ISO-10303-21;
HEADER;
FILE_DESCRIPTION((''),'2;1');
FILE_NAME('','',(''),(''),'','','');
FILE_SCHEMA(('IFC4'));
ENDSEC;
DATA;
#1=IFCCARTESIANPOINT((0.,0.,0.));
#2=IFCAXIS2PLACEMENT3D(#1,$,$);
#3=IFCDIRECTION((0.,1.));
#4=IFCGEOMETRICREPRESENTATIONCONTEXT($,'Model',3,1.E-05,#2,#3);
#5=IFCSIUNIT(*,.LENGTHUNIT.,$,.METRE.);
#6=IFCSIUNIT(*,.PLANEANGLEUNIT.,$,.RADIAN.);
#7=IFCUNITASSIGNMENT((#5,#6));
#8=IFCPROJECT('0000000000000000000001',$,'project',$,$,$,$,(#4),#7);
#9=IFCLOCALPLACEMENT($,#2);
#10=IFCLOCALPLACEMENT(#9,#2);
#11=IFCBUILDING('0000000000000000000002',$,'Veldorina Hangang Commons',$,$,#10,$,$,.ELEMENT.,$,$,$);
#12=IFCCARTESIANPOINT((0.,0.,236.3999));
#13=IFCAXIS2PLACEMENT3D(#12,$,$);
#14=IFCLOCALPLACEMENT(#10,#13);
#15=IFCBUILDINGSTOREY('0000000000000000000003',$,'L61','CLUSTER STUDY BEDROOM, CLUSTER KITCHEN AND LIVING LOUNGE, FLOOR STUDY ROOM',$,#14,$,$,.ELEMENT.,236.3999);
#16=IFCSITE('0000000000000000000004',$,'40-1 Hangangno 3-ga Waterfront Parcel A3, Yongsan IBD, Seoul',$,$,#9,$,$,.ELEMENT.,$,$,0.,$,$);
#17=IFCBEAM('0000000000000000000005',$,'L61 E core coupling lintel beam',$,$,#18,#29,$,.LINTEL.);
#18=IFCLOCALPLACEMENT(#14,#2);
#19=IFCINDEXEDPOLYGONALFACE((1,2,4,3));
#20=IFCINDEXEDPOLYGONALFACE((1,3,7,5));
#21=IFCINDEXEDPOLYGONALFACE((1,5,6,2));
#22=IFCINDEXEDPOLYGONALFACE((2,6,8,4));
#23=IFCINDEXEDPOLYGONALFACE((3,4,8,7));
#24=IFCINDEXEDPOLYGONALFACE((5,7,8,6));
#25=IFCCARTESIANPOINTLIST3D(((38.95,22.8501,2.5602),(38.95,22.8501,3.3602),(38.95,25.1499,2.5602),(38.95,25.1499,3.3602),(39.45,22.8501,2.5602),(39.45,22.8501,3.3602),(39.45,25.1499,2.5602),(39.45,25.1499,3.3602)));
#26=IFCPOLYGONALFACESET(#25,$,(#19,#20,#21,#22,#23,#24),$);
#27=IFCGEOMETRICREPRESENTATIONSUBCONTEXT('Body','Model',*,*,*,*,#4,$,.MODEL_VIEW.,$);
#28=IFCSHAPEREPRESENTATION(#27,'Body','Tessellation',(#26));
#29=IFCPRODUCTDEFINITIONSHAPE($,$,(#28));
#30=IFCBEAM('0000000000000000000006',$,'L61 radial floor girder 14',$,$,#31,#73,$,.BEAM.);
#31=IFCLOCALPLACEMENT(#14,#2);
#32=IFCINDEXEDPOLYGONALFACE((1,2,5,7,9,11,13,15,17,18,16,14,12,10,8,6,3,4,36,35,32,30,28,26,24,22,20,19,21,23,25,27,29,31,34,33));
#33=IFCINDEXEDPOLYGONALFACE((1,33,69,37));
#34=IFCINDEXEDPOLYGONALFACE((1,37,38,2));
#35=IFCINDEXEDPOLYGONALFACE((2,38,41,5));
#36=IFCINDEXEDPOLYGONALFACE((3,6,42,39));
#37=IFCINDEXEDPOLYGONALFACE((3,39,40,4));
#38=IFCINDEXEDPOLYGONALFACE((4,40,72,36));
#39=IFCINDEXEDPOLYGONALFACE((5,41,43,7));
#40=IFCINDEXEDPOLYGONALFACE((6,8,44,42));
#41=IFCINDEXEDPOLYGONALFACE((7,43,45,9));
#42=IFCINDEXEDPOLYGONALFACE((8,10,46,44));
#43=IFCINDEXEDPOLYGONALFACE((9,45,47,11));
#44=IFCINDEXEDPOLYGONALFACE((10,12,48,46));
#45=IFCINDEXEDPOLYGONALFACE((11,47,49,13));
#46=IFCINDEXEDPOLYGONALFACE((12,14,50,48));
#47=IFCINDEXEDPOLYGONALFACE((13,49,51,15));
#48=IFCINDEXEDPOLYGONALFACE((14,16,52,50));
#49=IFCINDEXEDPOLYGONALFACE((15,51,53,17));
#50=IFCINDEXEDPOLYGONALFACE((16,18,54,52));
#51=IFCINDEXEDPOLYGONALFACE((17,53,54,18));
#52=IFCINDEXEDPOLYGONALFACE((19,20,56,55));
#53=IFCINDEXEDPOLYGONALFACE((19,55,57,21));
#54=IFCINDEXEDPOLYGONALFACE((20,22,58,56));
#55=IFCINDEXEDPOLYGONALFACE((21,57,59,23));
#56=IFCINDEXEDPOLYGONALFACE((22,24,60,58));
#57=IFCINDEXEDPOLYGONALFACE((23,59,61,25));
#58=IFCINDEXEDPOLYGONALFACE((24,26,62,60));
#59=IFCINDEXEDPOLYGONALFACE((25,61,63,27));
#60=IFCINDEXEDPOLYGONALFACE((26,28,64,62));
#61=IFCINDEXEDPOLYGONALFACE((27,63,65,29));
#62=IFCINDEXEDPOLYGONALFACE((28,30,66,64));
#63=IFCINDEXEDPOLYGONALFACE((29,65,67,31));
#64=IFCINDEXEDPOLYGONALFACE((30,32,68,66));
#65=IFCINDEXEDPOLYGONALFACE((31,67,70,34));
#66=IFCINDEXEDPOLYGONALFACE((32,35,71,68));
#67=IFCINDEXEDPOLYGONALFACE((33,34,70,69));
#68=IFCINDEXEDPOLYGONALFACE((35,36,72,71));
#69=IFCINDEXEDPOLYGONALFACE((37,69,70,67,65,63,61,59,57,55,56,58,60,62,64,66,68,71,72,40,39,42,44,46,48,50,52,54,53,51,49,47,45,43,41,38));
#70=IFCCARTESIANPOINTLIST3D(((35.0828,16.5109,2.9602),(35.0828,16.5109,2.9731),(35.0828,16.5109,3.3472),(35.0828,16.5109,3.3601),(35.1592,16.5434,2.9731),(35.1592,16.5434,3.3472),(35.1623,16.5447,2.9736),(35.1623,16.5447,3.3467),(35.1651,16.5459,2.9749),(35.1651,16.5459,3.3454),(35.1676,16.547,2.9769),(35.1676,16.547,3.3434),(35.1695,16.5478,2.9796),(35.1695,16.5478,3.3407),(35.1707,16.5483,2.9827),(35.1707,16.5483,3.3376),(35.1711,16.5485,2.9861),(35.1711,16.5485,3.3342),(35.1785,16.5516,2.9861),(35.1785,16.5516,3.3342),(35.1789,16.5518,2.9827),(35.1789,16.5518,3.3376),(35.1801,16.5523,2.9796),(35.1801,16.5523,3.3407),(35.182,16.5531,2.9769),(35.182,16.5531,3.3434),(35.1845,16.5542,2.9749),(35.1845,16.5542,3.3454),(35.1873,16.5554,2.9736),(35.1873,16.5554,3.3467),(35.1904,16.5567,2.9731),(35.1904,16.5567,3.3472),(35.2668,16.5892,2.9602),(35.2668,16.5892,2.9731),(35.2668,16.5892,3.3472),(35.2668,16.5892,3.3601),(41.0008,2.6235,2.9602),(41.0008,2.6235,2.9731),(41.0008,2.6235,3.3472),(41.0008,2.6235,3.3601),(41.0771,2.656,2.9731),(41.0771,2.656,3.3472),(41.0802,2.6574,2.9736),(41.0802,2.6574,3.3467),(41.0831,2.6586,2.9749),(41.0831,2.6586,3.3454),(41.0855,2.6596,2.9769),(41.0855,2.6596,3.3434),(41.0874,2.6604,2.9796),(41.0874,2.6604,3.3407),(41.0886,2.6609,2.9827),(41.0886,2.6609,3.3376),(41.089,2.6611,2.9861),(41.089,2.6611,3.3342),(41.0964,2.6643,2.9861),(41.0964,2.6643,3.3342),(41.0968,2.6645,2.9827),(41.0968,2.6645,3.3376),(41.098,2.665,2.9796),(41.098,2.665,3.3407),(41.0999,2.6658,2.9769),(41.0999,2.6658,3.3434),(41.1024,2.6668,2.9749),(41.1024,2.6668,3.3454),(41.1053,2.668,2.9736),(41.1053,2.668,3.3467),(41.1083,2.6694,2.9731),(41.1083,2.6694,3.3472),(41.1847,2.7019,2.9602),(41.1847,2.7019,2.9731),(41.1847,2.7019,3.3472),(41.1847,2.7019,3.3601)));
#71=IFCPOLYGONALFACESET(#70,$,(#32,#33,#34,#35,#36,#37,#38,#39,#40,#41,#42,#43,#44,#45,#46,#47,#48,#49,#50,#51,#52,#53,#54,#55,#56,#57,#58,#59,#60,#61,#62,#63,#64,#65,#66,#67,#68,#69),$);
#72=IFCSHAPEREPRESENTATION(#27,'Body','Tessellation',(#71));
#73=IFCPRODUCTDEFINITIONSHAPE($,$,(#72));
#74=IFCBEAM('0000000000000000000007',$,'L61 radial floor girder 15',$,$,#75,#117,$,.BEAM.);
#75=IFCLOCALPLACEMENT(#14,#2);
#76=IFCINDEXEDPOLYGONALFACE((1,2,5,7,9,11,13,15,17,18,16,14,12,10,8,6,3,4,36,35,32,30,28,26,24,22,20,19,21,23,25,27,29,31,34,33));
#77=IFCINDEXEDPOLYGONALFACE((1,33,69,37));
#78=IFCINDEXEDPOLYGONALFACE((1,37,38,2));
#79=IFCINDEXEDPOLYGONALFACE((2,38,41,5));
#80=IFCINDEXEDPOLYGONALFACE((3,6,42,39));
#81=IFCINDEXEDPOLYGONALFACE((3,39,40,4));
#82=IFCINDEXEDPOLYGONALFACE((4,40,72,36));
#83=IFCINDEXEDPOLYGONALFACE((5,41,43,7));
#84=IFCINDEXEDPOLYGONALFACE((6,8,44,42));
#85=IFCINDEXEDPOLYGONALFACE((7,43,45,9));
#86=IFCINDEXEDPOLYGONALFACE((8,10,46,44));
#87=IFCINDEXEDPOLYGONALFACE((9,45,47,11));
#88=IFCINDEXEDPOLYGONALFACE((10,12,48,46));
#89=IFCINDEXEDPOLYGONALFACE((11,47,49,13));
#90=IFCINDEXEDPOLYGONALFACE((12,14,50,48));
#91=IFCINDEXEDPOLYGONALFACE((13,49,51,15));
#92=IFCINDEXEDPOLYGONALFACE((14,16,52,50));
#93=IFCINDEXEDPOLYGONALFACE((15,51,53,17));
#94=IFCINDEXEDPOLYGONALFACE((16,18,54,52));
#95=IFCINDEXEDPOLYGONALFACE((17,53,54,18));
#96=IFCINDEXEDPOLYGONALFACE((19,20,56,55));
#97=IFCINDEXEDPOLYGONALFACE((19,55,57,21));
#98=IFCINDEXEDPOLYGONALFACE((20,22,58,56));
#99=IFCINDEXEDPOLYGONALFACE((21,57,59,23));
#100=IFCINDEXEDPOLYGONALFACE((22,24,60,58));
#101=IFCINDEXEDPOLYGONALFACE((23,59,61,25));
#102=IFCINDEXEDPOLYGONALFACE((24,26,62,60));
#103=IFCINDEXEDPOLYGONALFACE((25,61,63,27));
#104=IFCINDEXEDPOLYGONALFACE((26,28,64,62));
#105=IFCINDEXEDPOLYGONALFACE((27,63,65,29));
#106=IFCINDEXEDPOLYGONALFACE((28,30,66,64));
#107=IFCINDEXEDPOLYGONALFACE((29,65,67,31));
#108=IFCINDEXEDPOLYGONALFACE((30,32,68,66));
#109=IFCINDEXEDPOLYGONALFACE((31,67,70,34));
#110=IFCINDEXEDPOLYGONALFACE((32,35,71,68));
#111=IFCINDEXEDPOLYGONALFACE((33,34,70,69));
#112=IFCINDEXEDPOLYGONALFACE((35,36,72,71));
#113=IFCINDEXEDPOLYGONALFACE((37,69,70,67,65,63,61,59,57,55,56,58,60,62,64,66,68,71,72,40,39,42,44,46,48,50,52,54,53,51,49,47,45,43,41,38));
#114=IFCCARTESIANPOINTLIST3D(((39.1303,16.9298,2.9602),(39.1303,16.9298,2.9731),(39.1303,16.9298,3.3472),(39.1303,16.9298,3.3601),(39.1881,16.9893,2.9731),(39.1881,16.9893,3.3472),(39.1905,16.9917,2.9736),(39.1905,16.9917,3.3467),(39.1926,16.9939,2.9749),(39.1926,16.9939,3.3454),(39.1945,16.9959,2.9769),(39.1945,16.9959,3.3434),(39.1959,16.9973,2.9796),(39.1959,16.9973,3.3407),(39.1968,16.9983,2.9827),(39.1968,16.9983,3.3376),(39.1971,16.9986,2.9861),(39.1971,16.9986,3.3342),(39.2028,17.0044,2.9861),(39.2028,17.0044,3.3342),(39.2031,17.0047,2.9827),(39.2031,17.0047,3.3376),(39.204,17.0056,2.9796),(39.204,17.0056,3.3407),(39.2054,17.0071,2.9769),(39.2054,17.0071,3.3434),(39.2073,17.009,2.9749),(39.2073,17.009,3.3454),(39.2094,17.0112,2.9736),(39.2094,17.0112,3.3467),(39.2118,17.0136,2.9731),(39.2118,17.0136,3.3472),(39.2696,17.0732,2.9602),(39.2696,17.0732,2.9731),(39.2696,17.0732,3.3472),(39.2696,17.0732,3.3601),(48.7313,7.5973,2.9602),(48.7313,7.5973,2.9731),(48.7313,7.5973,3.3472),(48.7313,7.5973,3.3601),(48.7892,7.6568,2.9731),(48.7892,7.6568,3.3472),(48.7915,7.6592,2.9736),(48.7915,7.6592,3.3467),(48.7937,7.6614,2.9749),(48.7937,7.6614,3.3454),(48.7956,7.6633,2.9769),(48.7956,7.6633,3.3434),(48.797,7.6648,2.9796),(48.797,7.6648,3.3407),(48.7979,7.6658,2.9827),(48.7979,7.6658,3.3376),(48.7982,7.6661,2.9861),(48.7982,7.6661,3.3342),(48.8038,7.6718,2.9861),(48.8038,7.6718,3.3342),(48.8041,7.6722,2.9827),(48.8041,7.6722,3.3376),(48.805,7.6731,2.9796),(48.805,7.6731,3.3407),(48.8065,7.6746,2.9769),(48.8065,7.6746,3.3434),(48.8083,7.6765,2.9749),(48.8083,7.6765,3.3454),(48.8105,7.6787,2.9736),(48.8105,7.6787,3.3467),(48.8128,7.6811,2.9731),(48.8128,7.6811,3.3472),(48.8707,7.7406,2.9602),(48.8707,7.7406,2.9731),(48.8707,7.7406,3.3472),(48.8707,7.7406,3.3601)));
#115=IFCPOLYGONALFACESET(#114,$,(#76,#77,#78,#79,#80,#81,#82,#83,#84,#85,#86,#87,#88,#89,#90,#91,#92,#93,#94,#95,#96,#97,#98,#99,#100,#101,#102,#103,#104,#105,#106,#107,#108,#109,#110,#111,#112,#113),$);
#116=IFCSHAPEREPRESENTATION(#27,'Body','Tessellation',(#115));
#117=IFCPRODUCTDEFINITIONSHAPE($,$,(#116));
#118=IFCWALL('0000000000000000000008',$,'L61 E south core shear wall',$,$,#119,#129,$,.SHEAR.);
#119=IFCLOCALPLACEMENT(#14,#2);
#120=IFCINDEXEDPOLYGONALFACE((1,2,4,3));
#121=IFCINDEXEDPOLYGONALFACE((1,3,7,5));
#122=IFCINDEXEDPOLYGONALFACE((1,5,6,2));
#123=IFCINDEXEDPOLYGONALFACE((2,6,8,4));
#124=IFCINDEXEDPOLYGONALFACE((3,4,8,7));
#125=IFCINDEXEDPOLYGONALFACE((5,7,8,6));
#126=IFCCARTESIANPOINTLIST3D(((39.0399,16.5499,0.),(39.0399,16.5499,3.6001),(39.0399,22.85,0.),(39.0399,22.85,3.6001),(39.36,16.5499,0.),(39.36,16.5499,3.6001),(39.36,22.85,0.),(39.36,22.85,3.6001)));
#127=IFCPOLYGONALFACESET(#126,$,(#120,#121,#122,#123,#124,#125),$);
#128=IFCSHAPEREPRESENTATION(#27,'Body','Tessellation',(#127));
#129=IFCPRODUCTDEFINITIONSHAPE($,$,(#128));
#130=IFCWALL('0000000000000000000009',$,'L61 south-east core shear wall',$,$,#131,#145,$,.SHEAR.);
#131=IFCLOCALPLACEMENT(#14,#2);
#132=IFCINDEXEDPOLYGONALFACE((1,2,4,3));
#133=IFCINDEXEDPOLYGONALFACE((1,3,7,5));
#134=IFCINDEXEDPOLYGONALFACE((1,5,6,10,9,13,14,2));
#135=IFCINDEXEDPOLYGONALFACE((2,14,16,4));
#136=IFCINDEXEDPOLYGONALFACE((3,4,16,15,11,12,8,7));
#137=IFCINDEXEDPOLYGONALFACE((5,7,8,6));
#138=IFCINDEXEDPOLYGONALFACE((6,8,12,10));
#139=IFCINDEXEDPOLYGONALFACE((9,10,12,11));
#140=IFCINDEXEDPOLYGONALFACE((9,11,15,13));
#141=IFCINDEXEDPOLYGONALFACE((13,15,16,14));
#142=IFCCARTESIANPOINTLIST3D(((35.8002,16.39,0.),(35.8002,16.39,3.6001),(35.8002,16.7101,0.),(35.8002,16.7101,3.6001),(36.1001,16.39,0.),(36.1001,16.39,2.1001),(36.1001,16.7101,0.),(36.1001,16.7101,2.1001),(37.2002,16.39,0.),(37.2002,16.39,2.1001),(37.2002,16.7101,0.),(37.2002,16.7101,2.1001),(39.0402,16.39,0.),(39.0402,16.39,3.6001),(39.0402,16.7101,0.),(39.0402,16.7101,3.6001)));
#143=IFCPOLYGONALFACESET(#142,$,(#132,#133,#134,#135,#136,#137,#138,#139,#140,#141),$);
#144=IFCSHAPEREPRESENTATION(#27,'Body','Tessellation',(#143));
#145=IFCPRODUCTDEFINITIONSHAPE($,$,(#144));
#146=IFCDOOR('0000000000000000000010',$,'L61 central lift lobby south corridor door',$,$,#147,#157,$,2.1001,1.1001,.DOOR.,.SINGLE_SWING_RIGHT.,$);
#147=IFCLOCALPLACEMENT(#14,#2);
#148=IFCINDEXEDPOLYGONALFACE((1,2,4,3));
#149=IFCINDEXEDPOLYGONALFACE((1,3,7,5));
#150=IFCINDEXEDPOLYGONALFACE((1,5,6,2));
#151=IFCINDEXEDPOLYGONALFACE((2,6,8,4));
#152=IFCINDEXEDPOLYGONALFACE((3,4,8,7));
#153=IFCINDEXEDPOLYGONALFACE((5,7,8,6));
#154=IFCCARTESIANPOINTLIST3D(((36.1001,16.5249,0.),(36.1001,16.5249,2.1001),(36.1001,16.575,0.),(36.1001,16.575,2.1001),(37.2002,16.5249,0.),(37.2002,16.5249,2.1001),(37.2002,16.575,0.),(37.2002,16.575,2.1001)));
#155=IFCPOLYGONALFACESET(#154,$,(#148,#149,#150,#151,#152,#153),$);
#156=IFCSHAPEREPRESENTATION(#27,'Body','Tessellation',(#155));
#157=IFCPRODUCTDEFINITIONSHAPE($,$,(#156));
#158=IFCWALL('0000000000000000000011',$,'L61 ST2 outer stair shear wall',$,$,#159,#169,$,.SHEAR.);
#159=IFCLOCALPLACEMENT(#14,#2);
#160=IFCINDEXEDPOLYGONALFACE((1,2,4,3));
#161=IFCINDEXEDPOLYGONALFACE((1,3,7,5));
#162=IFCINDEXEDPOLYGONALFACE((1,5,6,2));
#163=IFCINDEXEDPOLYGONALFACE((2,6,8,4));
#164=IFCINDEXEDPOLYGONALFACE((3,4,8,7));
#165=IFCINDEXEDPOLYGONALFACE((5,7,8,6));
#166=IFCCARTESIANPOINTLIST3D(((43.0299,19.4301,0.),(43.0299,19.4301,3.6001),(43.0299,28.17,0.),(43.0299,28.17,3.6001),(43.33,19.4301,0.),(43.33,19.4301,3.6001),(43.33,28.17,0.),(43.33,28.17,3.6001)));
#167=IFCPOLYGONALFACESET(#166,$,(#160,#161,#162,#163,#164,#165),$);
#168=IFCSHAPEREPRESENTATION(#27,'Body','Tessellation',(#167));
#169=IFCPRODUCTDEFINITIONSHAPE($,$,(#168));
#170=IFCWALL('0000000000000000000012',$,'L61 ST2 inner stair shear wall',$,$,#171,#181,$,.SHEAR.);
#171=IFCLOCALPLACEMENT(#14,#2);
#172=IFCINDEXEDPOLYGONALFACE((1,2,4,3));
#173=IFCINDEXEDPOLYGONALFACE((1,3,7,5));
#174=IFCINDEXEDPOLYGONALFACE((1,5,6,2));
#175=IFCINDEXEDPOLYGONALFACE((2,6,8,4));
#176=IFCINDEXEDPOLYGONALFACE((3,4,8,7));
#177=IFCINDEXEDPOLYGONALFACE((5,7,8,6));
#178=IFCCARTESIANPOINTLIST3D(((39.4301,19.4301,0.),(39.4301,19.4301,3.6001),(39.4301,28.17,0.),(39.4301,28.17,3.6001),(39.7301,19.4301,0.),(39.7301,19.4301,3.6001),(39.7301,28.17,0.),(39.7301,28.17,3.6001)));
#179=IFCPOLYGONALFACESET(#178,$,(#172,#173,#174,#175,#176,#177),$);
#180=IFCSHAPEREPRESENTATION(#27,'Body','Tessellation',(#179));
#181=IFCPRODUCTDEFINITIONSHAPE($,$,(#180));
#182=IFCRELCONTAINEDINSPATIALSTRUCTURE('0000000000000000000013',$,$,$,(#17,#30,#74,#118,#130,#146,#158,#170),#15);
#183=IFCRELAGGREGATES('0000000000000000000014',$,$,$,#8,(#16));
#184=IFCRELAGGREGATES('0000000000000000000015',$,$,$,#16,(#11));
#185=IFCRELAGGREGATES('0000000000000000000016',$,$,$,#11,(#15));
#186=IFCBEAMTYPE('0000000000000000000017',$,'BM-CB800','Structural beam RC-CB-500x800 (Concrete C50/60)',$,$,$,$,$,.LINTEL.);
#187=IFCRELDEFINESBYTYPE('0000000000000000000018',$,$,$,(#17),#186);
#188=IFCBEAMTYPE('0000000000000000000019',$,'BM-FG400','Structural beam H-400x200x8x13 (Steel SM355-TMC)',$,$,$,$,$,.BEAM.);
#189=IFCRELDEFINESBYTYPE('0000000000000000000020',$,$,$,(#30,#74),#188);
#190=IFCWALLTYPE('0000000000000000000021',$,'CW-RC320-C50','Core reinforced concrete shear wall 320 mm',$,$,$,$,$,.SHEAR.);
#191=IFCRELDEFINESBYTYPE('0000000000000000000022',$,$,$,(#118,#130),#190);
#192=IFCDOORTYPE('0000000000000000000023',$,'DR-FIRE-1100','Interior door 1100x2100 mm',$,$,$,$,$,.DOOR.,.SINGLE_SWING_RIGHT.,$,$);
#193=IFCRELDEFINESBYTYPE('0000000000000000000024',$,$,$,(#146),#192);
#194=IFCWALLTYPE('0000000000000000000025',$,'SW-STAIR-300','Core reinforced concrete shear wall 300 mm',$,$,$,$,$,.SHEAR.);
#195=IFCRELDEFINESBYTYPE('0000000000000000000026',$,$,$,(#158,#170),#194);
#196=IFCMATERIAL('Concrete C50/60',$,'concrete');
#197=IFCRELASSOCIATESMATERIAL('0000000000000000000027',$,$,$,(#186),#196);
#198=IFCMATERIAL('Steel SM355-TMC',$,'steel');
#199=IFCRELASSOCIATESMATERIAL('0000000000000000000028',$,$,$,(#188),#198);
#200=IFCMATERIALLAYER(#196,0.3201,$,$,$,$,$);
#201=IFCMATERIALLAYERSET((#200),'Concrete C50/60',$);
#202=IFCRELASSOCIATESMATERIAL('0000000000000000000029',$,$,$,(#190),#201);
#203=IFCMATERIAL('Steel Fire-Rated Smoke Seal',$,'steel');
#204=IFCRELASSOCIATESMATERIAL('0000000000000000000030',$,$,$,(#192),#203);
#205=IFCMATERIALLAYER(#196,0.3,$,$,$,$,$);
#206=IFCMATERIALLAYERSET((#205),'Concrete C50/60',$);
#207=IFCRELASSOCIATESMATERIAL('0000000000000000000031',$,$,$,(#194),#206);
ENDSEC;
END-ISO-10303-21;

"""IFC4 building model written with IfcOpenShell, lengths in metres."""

from ifc_helpers import new_model, si_unit, direction, frame, frame_2d, origin, origin_2d, place, context, subcontext, project, spatial, rectangle, i_section, extrude, material, layer, layer_set, material_profile, profile_set, type_object, element, fill, save


model = new_model("IFC4")

# Units and contexts
model_context = context("Model", 3, precision=1e-05, world=origin(), true_north=direction((0.0, 1.0)))
body_context = subcontext(model_context, "Body", "Model", "MODEL_VIEW")
ifc_project = project(units=[si_unit("LENGTHUNIT", "METRE"), si_unit("PLANEANGLEUNIT", "RADIAN")], contexts=[model_context])

# Site, building, storey
site_placement = place(None, origin())
site = spatial("IfcSite", under=ifc_project, at=site_placement, Name="40-1 Hangangno 3-ga Waterfront Parcel A3, Yongsan IBD, Seoul", CompositionType="ELEMENT", RefElevation=0.0)
building_placement = place(site_placement, origin())
building = spatial("IfcBuilding", under=site, at=building_placement, Name="Veldorina Hangang Commons", CompositionType="ELEMENT")
storey_placement = place(building_placement, frame((0.0, 0.0, 236.3999)))
storey = spatial("IfcBuildingStorey", under=building, at=storey_placement, Name="L61", Description="CLUSTER STUDY BEDROOM, CLUSTER KITCHEN AND LIVING LOUNGE, FLOOR STUDY ROOM", CompositionType="ELEMENT", Elevation=236.3999)

# Beams
ifc_material_1 = material(Name="Concrete C50/60", Category="concrete")
ifc_material_profile_1 = material_profile(ifc_material_1, rectangle(XDim=0.5, YDim=0.8, at=origin_2d()), Name="RC-CB-500x800")
ifc_profile_set_1 = profile_set([ifc_material_profile_1], Name="Concrete C50/60")
beam_type_1 = type_object("IfcBeamType", Name="BM-CB800", Description="Structural beam RC-CB-500x800 (Concrete C50/60)", PredefinedType="LINTEL", material=ifc_profile_set_1)
beam_1_placement = place(storey_placement, frame((39.2, 22.8501, 2.9602), z_axis=(0.0, 1.0, 0.0), x_axis=(-1.0, 0.0, 0.0)))
element("IfcBeam", 1, at=beam_1_placement, inside=storey, type_object=beam_type_1, Name="L61 E core coupling lintel beam", PredefinedType="LINTEL", context=body_context, shape_type="SweptSolid", body=[
    extrude(rectangle(XDim=0.5, YDim=0.8, at=origin_2d()), origin(), (0.0, 0.0, 1.0), 2.2998),
])
ifc_material_2 = material(Name="Steel SM355-TMC", Category="steel")
ifc_material_profile_2 = material_profile(ifc_material_2, i_section(OverallWidth=0.2, OverallDepth=0.3999, WebThickness=0.0081, FlangeThickness=0.0129, FilletRadius=0.0129, at=origin_2d()), Name="H-400x200x8x13")
ifc_profile_set_2 = profile_set([ifc_material_profile_2], Name="Steel SM355-TMC")
beam_type_2 = type_object("IfcBeamType", Name="BM-FG400", Description="Structural beam H-400x200x8x13 (Steel SM355-TMC)", PredefinedType="BEAM", material=ifc_profile_set_2)
beam_2_placement = place(storey_placement, frame((35.1748, 16.55, 3.1602), z_axis=(0.392027, -0.919954, 0.0), x_axis=(0.919954, 0.392027, 0.0)))
element("IfcBeam", 2, at=beam_2_placement, inside=storey, type_object=beam_type_2, Name="L61 radial floor girder 14", PredefinedType="BEAM", context=body_context, shape_type="SweptSolid", body=[
    extrude(i_section(OverallWidth=0.2, OverallDepth=0.3999, WebThickness=0.0081, FlangeThickness=0.0129, FilletRadius=0.0129, at=origin_2d()), origin(), (0.0, 0.0, 1.0), 15.0957),
])
beam_3_placement = place(storey_placement, frame((39.2, 17.0015, 3.1602), z_axis=(0.717064, -0.697007, 0.0), x_axis=(0.697007, 0.717064, 0.0)))
element("IfcBeam", 3, at=beam_3_placement, inside=storey, type_object=beam_type_2, Name="L61 radial floor girder 15", PredefinedType="BEAM", context=body_context, shape_type="SweptSolid", body=[
    extrude(i_section(OverallWidth=0.2, OverallDepth=0.3999, WebThickness=0.0081, FlangeThickness=0.0129, FilletRadius=0.0129, at=origin_2d()), origin(), (0.0, 0.0, 1.0), 13.3894),
])

# Wall
ifc_layer_1 = layer(ifc_material_1, 0.3201)
ifc_layer_set_1 = layer_set([ifc_layer_1], Name="Concrete C50/60")
wall_type_1 = type_object("IfcWallType", Name="CW-RC320-C50", Description="Core reinforced concrete shear wall 320 mm", PredefinedType="SHEAR", material=ifc_layer_set_1)
wall_1_placement = place(storey_placement, frame((39.2, 16.55, 0.0), z_axis=(0.0, 0.0, 1.0), x_axis=(0.0, 1.0, 0.0)))
element("IfcWall", 4, at=wall_1_placement, inside=storey, type_object=wall_type_1, Name="L61 E south core shear wall", PredefinedType="SHEAR", context=body_context, shape_type="SweptSolid", body=[
    extrude(rectangle(XDim=6.3, YDim=0.3201, at=frame_2d((3.1499, 0.0))), origin(), (0.0, 0.0, 1.0), 3.6001),
])

# Wall, opening, door
wall_2_placement = place(storey_placement, frame((35.8, 16.55, 0.0), z_axis=(0.0, 0.0, 1.0), x_axis=(1.0, 0.0, 0.0)))
wall_2 = element("IfcWall", 5, at=wall_2_placement, inside=storey, type_object=wall_type_1, Name="L61 south-east core shear wall", PredefinedType="SHEAR", context=body_context, shape_type="SweptSolid", body=[
    extrude(rectangle(XDim=3.24, YDim=0.3201, at=frame_2d((1.6201, 0.0))), origin(), (0.0, 0.0, 1.0), 3.6001),
])
opening_1_placement = place(wall_2_placement, frame((0.3, 0.0, 0.0)))
opening_1 = element("IfcOpeningElement", 6, at=opening_1_placement, cuts=wall_2, PredefinedType="OPENING", context=body_context, shape_type="SweptSolid", body=[
    extrude(rectangle(XDim=1.1001, YDim=2.1001, at=frame_2d((0.55, 1.05))), frame((0.0, 0.1699, 0.0), z_axis=(0.0, -1.0, 0.0), x_axis=(1.0, 0.0, 0.0)), (0.0, 0.0, 1.0), 0.3401),
])
ifc_material_3 = material(Name="Steel Fire-Rated Smoke Seal", Category="steel")
door_type_1 = type_object("IfcDoorType", Name="DR-FIRE-1100", Description="Interior door 1100x2100 mm", OperationType="SINGLE_SWING_RIGHT", PredefinedType="DOOR", material=ifc_material_3)
door_1_placement = place(opening_1_placement, origin())
door_1 = element("IfcDoor", 7, at=door_1_placement, inside=storey, type_object=door_type_1, Name="L61 central lift lobby south corridor door", OperationType="SINGLE_SWING_RIGHT", OverallHeight=2.1001, OverallWidth=1.1001, PredefinedType="DOOR", context=body_context, shape_type="SweptSolid", body=[
    extrude(rectangle(XDim=1.1001, YDim=2.1001, at=frame_2d((0.55, 1.05))), frame((0.0, 0.0249, 0.0), z_axis=(0.0, -1.0, 0.0), x_axis=(1.0, 0.0, 0.0)), (0.0, 0.0, 1.0), 0.05),
])
fill(opening_1, door_1)

# Walls
ifc_layer_2 = layer(ifc_material_1, 0.3)
ifc_layer_set_2 = layer_set([ifc_layer_2], Name="Concrete C50/60")
wall_type_2 = type_object("IfcWallType", Name="SW-STAIR-300", Description="Core reinforced concrete shear wall 300 mm", PredefinedType="SHEAR", material=ifc_layer_set_2)
for number, where, z_axis, x_axis, name in (
    (8, (43.1799, 19.4299, 0.0), (0.0, 0.0, 1.0), (0.0, 1.0, 0.0), "L61 ST2 outer stair shear wall"),
    (9, (39.5801, 19.4299, 0.0), (0.0, 0.0, 1.0), (0.0, 1.0, 0.0), "L61 ST2 inner stair shear wall"),
):
    element("IfcWall", number, at=place(storey_placement, frame(where, z_axis=z_axis, x_axis=x_axis)), inside=storey, type_object=wall_type_2, Name=name, PredefinedType="SHEAR", context=body_context, shape_type="SweptSolid", body=[
        extrude(rectangle(XDim=8.74, YDim=0.3, at=frame_2d((4.3701, 0.0))), origin(), (0.0, 0.0, 1.0), 3.6001),
    ])

save(model, "model.ifc")
